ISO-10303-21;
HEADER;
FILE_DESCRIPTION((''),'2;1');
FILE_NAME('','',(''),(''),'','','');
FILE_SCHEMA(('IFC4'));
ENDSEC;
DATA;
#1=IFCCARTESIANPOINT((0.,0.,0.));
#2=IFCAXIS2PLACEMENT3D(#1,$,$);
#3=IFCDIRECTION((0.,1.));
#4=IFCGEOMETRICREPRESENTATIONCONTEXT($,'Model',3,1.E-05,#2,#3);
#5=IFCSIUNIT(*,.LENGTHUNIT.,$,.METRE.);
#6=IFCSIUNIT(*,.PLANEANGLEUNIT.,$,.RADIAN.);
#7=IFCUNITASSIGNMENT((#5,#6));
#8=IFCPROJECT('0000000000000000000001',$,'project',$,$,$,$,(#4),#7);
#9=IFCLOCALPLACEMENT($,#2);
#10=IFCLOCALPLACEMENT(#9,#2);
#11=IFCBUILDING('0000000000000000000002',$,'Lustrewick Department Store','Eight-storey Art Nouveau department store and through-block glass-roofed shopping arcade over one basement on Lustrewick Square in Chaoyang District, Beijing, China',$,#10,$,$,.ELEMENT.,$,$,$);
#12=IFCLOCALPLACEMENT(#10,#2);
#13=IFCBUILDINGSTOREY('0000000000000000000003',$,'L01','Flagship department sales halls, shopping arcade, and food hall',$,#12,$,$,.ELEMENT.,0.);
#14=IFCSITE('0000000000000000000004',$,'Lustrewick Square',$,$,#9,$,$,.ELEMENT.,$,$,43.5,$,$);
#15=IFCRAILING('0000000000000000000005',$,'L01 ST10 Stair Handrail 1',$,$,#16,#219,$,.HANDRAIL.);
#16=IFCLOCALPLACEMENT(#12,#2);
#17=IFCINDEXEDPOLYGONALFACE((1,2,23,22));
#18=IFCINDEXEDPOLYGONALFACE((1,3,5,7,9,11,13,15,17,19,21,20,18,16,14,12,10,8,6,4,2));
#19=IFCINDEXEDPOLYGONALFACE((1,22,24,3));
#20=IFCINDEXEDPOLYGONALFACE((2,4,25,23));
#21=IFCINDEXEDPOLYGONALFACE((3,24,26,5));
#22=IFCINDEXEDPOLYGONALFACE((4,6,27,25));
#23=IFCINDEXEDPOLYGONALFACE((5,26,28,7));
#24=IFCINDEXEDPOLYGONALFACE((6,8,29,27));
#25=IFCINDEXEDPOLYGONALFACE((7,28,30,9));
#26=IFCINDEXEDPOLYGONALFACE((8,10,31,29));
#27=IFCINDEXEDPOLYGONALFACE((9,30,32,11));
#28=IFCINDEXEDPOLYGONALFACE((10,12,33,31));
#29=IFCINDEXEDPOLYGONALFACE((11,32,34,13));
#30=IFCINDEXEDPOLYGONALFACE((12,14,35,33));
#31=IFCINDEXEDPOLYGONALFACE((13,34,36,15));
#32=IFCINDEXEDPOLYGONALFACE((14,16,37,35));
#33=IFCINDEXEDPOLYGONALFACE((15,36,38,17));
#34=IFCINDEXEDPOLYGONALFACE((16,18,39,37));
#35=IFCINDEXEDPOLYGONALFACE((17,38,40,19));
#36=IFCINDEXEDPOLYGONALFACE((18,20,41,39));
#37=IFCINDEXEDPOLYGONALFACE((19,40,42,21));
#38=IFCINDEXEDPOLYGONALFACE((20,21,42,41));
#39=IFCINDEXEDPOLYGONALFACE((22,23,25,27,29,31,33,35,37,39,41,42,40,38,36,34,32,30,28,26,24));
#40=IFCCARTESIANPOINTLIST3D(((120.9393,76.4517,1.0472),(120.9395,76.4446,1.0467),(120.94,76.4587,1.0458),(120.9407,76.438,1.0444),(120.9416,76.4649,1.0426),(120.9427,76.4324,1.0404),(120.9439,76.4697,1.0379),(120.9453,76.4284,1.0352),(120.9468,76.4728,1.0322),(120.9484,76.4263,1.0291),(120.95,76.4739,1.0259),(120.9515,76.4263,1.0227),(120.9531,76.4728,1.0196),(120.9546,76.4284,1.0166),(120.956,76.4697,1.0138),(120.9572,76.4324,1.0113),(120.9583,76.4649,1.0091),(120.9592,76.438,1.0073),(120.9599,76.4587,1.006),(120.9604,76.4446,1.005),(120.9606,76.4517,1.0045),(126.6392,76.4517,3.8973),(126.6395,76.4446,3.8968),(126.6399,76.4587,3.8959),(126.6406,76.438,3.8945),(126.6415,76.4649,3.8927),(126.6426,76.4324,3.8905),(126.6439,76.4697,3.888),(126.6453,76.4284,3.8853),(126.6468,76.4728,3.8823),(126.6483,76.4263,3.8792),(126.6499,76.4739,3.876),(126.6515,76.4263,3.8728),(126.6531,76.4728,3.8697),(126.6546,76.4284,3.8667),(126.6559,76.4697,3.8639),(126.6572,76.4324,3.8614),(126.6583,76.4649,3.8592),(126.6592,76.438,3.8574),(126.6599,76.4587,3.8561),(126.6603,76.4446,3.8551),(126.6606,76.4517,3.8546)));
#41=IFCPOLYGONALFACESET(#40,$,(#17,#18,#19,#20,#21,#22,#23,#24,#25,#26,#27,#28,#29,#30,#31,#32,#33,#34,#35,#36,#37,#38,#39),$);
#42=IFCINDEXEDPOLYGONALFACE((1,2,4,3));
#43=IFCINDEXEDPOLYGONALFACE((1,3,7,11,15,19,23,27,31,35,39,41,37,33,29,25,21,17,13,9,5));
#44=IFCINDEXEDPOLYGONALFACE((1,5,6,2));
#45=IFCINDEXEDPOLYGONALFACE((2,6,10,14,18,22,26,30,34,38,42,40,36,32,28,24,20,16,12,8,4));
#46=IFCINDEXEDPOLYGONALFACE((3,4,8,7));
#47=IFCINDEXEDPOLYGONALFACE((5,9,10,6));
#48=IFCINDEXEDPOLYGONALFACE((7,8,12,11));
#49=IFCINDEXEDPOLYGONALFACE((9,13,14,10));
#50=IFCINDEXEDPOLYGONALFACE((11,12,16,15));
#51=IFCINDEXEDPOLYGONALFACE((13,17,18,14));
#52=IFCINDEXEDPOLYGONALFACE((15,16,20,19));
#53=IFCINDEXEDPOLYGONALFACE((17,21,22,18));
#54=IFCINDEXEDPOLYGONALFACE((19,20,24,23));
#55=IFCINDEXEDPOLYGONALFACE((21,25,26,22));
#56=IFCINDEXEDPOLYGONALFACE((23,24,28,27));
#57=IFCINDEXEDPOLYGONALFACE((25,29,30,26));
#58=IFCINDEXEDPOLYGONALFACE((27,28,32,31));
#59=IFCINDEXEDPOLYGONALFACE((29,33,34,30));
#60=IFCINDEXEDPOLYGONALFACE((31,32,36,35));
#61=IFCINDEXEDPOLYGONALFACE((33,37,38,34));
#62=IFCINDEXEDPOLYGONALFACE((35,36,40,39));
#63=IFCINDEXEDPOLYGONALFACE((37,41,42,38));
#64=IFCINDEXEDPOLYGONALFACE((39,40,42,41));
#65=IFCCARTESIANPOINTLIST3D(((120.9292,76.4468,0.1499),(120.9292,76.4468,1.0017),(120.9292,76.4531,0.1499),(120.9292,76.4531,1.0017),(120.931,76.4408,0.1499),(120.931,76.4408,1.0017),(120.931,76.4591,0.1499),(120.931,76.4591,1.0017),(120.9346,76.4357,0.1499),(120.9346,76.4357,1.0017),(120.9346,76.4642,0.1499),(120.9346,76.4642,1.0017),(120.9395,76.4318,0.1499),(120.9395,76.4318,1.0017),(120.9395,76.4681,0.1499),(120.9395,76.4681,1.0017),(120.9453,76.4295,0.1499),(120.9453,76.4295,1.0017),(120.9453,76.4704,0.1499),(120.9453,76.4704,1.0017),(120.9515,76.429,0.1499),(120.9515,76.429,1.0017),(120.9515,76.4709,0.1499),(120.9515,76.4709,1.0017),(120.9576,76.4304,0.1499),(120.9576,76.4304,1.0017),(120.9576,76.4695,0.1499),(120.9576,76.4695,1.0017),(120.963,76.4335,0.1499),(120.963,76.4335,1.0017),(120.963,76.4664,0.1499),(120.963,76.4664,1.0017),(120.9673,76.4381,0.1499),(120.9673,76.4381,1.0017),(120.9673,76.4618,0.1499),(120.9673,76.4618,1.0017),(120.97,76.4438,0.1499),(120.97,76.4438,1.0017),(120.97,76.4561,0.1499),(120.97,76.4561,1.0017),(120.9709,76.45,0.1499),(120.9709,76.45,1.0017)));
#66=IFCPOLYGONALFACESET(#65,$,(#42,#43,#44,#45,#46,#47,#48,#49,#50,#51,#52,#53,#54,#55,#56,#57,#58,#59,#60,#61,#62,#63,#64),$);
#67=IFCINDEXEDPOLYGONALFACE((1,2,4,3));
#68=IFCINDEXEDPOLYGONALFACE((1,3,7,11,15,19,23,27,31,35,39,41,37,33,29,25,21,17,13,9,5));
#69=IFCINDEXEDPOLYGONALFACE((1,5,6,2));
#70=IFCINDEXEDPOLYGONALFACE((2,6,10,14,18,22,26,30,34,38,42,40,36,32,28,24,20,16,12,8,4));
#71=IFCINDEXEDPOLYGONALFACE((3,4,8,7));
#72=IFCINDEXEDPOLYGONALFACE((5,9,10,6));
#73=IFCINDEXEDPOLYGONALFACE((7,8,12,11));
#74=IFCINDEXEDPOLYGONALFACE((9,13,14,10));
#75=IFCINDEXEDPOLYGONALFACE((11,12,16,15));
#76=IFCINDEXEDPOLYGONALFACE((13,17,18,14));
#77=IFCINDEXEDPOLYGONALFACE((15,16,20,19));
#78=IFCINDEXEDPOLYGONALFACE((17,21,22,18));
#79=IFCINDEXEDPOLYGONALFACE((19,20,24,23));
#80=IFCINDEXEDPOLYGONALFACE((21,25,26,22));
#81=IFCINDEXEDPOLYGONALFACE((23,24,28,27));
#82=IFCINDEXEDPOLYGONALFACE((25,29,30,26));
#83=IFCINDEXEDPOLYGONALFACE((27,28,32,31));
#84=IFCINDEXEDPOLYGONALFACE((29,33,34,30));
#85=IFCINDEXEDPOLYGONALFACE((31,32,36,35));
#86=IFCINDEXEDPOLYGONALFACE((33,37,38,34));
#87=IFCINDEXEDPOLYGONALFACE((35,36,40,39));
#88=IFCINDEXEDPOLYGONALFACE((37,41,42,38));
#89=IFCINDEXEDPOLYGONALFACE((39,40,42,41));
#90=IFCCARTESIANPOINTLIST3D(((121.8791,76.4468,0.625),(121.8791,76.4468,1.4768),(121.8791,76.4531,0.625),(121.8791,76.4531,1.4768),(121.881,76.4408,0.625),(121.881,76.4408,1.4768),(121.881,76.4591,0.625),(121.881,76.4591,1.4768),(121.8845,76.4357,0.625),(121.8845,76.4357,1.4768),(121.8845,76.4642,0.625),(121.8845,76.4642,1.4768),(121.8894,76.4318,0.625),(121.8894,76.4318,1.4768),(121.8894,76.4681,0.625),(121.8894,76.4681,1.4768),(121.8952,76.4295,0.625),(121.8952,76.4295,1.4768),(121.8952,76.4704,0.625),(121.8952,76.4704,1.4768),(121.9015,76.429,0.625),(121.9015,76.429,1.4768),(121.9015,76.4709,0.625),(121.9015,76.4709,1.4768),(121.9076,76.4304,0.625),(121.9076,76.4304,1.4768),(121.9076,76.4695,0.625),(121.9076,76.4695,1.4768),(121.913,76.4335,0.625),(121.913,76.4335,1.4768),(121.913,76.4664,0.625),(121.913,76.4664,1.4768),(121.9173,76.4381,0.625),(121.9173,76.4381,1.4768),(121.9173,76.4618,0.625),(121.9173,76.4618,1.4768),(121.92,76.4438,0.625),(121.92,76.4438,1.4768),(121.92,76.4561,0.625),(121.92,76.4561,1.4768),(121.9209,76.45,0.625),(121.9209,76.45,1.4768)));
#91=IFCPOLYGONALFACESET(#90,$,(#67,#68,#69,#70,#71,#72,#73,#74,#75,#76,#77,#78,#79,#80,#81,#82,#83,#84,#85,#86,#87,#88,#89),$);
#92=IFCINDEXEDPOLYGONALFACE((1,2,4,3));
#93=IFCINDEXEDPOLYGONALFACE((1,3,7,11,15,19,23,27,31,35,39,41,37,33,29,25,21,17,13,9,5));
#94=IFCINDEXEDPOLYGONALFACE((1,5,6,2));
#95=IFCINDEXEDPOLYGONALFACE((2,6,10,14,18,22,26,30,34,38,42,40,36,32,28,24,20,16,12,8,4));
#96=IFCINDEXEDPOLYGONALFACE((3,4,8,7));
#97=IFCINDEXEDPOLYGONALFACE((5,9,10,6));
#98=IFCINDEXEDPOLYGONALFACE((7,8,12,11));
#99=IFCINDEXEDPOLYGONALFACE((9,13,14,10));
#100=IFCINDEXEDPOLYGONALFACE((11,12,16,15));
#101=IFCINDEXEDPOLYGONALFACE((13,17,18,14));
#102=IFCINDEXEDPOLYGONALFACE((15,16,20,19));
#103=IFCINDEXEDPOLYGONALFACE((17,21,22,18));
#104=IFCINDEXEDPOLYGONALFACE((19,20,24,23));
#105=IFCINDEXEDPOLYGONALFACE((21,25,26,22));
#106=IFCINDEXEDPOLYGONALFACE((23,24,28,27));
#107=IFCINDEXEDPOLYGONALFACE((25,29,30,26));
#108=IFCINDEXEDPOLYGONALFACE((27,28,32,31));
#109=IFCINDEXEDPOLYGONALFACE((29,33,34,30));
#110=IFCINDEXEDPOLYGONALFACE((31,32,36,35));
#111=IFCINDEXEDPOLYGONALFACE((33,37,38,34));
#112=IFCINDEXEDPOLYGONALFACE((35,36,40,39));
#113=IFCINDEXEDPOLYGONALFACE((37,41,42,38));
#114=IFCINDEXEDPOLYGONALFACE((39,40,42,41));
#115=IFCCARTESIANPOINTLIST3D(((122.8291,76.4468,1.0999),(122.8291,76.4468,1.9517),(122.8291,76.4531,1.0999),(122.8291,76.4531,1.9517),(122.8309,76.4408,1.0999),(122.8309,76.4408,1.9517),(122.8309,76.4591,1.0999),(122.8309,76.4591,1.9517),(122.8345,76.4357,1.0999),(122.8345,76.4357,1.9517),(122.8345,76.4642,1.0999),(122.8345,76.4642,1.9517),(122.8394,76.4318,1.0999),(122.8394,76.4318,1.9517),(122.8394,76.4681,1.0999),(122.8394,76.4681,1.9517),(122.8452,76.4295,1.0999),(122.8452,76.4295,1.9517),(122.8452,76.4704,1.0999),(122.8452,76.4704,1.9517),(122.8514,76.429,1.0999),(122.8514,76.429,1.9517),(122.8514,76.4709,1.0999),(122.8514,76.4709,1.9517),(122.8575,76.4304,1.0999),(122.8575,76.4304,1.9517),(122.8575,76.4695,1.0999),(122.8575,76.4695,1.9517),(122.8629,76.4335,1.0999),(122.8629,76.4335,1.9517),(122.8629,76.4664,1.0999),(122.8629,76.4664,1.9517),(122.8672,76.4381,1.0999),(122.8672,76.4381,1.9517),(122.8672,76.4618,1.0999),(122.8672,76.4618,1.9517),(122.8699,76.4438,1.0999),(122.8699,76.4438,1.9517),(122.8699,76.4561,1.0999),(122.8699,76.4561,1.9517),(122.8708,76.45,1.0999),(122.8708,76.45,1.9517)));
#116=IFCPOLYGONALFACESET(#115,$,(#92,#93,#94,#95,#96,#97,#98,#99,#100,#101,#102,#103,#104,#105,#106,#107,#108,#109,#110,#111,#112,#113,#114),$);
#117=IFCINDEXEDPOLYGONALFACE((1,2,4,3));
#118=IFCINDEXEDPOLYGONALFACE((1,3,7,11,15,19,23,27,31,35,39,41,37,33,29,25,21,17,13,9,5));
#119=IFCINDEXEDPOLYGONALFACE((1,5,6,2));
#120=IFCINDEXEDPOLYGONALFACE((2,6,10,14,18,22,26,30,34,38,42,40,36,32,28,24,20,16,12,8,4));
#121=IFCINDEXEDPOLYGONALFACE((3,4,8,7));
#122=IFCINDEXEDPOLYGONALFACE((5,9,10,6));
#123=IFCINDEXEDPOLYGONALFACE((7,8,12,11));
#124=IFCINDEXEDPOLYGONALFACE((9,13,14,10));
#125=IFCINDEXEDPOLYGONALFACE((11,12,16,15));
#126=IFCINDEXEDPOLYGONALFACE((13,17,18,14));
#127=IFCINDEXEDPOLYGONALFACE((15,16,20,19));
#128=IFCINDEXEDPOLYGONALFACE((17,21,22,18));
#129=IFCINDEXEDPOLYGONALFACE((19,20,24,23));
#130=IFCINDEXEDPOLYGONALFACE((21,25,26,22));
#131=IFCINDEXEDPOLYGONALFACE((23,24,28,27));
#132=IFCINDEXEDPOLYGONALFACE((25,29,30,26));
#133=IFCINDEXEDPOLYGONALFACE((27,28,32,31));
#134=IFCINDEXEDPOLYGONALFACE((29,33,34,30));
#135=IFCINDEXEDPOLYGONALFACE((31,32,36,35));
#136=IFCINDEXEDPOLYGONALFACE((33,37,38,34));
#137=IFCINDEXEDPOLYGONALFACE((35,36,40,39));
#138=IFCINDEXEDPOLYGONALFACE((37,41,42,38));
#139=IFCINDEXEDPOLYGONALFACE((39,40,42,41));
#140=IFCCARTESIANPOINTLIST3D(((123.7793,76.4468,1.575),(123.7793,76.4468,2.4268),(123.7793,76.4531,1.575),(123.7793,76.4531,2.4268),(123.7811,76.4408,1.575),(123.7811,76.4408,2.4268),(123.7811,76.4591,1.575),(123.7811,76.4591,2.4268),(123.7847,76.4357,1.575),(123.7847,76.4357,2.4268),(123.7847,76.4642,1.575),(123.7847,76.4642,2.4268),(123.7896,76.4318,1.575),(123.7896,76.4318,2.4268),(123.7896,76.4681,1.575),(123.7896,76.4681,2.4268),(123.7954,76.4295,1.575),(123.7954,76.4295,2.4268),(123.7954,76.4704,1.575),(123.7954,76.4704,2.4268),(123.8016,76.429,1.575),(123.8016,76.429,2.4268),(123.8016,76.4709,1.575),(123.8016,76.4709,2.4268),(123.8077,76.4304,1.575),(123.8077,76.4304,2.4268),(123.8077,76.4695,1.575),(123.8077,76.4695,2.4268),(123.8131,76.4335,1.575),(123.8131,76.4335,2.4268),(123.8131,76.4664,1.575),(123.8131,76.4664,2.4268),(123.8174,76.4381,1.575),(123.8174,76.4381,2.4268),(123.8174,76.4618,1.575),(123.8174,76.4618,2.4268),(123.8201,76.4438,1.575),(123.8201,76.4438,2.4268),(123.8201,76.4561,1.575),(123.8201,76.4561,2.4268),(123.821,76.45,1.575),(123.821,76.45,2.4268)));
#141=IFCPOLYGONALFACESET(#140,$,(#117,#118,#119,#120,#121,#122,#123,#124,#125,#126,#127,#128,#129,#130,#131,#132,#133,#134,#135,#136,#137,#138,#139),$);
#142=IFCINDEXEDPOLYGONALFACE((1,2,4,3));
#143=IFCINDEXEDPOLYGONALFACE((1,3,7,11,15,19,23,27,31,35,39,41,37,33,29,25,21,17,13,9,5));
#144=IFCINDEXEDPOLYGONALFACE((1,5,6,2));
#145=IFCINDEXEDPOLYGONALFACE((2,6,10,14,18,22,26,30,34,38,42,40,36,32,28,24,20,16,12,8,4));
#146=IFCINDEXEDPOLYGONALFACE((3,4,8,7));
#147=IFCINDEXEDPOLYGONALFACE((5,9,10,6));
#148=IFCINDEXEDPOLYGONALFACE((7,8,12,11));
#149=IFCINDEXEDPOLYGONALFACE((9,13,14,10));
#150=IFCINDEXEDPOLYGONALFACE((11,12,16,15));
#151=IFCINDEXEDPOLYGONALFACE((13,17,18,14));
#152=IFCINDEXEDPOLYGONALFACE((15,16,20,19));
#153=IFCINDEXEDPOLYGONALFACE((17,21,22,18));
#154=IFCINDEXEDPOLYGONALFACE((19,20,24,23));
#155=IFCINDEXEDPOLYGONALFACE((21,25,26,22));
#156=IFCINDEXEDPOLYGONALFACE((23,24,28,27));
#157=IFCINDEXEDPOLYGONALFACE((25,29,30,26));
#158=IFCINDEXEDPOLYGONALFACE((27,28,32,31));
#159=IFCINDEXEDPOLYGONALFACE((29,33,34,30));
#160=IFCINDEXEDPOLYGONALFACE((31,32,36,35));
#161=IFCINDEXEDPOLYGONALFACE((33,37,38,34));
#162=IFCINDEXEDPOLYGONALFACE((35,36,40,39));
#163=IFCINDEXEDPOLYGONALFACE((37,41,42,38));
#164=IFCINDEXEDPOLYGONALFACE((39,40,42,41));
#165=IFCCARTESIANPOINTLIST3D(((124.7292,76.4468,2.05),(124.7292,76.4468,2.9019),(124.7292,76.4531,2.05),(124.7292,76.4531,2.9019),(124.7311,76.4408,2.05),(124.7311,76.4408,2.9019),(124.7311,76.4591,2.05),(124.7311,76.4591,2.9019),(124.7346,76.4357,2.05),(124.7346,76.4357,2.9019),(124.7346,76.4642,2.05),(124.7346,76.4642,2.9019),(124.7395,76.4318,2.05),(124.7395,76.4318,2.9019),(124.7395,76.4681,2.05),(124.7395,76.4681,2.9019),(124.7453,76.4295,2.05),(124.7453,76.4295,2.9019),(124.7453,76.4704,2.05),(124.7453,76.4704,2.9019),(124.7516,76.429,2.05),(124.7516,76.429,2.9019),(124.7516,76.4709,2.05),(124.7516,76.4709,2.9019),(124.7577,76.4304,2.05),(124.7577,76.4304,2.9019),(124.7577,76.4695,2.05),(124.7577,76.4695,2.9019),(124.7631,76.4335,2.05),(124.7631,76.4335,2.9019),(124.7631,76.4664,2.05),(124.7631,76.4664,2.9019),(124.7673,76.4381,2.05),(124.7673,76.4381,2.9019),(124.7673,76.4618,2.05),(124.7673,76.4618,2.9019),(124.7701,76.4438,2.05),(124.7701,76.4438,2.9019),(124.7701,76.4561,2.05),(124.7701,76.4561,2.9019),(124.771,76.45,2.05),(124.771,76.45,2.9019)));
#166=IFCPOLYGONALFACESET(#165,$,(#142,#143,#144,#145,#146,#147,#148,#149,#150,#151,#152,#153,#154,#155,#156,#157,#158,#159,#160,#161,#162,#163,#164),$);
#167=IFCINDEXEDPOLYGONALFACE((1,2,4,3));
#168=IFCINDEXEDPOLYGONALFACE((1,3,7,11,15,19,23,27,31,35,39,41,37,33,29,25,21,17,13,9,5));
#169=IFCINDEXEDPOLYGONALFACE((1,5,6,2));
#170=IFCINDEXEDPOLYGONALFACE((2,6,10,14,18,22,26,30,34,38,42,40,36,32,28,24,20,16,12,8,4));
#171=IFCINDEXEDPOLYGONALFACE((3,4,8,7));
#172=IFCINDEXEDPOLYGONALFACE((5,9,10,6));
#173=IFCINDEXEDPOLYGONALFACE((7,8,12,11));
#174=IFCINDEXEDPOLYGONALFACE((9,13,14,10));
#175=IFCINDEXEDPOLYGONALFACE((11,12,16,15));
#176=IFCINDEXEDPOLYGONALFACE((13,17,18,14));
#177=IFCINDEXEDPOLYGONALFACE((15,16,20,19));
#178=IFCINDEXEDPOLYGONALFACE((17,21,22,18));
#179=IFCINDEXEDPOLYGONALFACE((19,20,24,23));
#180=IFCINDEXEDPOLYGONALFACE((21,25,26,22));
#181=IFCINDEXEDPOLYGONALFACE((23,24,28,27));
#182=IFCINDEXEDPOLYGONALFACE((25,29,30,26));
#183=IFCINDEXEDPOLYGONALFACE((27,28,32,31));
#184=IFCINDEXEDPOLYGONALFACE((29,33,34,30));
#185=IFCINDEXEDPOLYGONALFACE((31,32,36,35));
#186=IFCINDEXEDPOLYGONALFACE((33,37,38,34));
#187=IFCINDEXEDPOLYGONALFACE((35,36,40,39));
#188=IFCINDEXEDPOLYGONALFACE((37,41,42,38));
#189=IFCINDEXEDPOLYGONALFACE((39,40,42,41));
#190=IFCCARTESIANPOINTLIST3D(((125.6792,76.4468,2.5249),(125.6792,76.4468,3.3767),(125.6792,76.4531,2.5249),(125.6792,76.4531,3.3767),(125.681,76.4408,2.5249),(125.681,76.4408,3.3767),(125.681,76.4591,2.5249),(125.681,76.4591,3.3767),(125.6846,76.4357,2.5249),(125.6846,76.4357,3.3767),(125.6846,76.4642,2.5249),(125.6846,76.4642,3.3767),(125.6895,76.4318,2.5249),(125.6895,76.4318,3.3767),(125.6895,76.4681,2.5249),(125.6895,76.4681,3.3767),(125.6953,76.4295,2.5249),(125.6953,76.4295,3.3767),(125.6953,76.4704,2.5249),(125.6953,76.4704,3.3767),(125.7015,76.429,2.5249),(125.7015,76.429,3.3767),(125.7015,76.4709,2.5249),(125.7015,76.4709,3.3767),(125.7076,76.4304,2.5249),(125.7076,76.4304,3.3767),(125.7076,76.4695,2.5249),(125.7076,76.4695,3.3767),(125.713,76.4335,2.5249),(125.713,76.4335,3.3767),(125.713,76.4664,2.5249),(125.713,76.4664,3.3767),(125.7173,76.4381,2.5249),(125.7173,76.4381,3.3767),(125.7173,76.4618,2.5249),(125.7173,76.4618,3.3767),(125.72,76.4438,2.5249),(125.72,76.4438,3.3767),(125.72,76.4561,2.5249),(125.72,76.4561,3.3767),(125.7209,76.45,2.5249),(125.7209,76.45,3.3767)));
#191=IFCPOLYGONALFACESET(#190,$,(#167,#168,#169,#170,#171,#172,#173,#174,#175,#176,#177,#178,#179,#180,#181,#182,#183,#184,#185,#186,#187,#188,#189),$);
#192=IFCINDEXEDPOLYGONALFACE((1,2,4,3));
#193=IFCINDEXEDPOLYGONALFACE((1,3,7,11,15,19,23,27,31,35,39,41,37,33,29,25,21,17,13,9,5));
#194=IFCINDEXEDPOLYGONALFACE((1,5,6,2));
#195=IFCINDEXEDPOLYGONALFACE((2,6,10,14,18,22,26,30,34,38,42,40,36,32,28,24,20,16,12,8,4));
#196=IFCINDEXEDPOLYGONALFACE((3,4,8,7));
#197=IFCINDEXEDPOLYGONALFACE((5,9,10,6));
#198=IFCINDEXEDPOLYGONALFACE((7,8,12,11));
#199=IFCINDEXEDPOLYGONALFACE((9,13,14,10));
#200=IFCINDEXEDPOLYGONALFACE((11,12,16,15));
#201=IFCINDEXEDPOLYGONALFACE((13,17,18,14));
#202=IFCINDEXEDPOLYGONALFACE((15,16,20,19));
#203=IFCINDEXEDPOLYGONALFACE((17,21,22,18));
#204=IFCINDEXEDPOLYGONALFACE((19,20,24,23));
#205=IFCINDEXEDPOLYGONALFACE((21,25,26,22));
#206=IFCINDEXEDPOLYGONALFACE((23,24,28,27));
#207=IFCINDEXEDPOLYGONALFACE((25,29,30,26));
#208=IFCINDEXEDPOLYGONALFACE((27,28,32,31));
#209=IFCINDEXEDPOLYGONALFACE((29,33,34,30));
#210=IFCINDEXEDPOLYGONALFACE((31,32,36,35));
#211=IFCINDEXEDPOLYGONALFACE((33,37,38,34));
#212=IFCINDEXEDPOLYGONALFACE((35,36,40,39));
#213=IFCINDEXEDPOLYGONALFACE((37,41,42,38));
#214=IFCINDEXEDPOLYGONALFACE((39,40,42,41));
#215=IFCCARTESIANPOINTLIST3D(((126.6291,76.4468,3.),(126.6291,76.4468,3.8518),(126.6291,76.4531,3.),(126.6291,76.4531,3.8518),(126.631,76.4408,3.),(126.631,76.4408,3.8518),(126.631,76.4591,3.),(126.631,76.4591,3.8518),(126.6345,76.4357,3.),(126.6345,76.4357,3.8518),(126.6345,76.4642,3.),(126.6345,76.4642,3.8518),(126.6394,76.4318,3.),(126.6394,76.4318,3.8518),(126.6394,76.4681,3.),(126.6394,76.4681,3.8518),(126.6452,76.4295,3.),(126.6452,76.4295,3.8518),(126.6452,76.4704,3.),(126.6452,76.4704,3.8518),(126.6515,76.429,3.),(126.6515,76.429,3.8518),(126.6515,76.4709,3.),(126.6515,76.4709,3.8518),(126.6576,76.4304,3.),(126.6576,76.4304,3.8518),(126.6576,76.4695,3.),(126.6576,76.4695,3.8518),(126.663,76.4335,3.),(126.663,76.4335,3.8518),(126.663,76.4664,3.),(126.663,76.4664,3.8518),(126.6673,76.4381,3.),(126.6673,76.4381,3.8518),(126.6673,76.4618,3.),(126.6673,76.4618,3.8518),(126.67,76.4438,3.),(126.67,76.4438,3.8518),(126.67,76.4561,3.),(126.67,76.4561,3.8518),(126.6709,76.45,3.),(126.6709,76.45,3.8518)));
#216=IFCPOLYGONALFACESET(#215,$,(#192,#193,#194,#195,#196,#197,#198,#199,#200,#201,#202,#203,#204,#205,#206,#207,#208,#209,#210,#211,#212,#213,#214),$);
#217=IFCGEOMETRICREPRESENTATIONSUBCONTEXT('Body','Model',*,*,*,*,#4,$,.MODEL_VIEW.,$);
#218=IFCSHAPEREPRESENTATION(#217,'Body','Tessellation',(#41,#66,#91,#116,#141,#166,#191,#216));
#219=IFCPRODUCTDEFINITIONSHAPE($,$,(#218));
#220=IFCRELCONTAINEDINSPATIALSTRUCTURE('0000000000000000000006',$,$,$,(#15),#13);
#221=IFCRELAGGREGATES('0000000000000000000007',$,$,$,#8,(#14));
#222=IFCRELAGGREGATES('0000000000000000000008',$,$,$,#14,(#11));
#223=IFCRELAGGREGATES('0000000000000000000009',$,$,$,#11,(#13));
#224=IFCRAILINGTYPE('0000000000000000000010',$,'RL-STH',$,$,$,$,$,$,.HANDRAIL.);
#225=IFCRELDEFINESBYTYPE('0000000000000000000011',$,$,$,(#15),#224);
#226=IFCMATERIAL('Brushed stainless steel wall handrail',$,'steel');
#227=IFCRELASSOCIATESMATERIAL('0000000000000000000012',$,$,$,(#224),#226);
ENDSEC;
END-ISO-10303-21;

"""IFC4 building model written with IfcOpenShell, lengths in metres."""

from ifc_helpers import new_model, si_unit, direction, frame, origin, origin_2d, place, context, subcontext, project, spatial, circle, extrude, material, type_object, element, save


model = new_model("IFC4")

# Units and contexts
model_context = context("Model", 3, precision=1e-05, world=origin(), true_north=direction((0.0, 1.0)))
body_context = subcontext(model_context, "Body", "Model", "MODEL_VIEW")
ifc_project = project(units=[si_unit("LENGTHUNIT", "METRE"), si_unit("PLANEANGLEUNIT", "RADIAN")], contexts=[model_context])

# Site, building, storey
site_placement = place(None, origin())
site = spatial("IfcSite", under=ifc_project, at=site_placement, Name="Lustrewick Square", CompositionType="ELEMENT", RefElevation=43.5)
building_placement = place(site_placement, origin())
building = spatial("IfcBuilding", under=site, at=building_placement, Name="Lustrewick Department Store", Description="Eight-storey Art Nouveau department store and through-block glass-roofed shopping arcade over one basement on Lustrewick Square in Chaoyang District, Beijing, China", CompositionType="ELEMENT")
storey_placement = place(building_placement, origin())
storey = spatial("IfcBuildingStorey", under=building, at=storey_placement, Name="L01", Description="Flagship department sales halls, shopping arcade, and food hall", CompositionType="ELEMENT", Elevation=0.0)

# Railing
ifc_material_1 = material(Name="Brushed stainless steel wall handrail", Category="steel")
railing_type_1 = type_object("IfcRailingType", Name="RL-STH", PredefinedType="HANDRAIL", material=ifc_material_1)
railing_1_placement = place(storey_placement, frame((120.95, 76.45, 0.1499)))
element("IfcRailing", 1, at=railing_1_placement, inside=storey, type_object=railing_type_1, Name="L01 ST10 Stair Handrail 1", PredefinedType="HANDRAIL", context=body_context, shape_type="SweptSolid", body=[
    extrude(circle(Radius=0.0239, at=origin_2d()), frame((0.0, 0.0, 0.876), z_axis=(0.89442, 0.0, 0.447229), x_axis=(0.0, 1.0, 0.0)), (0.0, 0.0, 1.0), 6.3728),
    extrude(circle(Radius=0.021, at=origin_2d()), origin(), (0.0, 0.0, 1.0), 0.8518),
    extrude(circle(Radius=0.021, at=origin_2d()), frame((0.95, 0.0, 0.4751)), (0.0, 0.0, 1.0), 0.8518),
    extrude(circle(Radius=0.021, at=origin_2d()), frame((1.8999, 0.0, 0.95)), (0.0, 0.0, 1.0), 0.8518),
    extrude(circle(Radius=0.021, at=origin_2d()), frame((2.8501, 0.0, 1.425)), (0.0, 0.0, 1.0), 0.8518),
    extrude(circle(Radius=0.021, at=origin_2d()), frame((3.8, 0.0, 1.9001)), (0.0, 0.0, 1.0), 0.8518),
    extrude(circle(Radius=0.021, at=origin_2d()), frame((4.75, 0.0, 2.375)), (0.0, 0.0, 1.0), 0.8518),
    extrude(circle(Radius=0.021, at=origin_2d()), frame((5.7, 0.0, 2.8501)), (0.0, 0.0, 1.0), 0.8518),
])

save(model, "model.ifc")
